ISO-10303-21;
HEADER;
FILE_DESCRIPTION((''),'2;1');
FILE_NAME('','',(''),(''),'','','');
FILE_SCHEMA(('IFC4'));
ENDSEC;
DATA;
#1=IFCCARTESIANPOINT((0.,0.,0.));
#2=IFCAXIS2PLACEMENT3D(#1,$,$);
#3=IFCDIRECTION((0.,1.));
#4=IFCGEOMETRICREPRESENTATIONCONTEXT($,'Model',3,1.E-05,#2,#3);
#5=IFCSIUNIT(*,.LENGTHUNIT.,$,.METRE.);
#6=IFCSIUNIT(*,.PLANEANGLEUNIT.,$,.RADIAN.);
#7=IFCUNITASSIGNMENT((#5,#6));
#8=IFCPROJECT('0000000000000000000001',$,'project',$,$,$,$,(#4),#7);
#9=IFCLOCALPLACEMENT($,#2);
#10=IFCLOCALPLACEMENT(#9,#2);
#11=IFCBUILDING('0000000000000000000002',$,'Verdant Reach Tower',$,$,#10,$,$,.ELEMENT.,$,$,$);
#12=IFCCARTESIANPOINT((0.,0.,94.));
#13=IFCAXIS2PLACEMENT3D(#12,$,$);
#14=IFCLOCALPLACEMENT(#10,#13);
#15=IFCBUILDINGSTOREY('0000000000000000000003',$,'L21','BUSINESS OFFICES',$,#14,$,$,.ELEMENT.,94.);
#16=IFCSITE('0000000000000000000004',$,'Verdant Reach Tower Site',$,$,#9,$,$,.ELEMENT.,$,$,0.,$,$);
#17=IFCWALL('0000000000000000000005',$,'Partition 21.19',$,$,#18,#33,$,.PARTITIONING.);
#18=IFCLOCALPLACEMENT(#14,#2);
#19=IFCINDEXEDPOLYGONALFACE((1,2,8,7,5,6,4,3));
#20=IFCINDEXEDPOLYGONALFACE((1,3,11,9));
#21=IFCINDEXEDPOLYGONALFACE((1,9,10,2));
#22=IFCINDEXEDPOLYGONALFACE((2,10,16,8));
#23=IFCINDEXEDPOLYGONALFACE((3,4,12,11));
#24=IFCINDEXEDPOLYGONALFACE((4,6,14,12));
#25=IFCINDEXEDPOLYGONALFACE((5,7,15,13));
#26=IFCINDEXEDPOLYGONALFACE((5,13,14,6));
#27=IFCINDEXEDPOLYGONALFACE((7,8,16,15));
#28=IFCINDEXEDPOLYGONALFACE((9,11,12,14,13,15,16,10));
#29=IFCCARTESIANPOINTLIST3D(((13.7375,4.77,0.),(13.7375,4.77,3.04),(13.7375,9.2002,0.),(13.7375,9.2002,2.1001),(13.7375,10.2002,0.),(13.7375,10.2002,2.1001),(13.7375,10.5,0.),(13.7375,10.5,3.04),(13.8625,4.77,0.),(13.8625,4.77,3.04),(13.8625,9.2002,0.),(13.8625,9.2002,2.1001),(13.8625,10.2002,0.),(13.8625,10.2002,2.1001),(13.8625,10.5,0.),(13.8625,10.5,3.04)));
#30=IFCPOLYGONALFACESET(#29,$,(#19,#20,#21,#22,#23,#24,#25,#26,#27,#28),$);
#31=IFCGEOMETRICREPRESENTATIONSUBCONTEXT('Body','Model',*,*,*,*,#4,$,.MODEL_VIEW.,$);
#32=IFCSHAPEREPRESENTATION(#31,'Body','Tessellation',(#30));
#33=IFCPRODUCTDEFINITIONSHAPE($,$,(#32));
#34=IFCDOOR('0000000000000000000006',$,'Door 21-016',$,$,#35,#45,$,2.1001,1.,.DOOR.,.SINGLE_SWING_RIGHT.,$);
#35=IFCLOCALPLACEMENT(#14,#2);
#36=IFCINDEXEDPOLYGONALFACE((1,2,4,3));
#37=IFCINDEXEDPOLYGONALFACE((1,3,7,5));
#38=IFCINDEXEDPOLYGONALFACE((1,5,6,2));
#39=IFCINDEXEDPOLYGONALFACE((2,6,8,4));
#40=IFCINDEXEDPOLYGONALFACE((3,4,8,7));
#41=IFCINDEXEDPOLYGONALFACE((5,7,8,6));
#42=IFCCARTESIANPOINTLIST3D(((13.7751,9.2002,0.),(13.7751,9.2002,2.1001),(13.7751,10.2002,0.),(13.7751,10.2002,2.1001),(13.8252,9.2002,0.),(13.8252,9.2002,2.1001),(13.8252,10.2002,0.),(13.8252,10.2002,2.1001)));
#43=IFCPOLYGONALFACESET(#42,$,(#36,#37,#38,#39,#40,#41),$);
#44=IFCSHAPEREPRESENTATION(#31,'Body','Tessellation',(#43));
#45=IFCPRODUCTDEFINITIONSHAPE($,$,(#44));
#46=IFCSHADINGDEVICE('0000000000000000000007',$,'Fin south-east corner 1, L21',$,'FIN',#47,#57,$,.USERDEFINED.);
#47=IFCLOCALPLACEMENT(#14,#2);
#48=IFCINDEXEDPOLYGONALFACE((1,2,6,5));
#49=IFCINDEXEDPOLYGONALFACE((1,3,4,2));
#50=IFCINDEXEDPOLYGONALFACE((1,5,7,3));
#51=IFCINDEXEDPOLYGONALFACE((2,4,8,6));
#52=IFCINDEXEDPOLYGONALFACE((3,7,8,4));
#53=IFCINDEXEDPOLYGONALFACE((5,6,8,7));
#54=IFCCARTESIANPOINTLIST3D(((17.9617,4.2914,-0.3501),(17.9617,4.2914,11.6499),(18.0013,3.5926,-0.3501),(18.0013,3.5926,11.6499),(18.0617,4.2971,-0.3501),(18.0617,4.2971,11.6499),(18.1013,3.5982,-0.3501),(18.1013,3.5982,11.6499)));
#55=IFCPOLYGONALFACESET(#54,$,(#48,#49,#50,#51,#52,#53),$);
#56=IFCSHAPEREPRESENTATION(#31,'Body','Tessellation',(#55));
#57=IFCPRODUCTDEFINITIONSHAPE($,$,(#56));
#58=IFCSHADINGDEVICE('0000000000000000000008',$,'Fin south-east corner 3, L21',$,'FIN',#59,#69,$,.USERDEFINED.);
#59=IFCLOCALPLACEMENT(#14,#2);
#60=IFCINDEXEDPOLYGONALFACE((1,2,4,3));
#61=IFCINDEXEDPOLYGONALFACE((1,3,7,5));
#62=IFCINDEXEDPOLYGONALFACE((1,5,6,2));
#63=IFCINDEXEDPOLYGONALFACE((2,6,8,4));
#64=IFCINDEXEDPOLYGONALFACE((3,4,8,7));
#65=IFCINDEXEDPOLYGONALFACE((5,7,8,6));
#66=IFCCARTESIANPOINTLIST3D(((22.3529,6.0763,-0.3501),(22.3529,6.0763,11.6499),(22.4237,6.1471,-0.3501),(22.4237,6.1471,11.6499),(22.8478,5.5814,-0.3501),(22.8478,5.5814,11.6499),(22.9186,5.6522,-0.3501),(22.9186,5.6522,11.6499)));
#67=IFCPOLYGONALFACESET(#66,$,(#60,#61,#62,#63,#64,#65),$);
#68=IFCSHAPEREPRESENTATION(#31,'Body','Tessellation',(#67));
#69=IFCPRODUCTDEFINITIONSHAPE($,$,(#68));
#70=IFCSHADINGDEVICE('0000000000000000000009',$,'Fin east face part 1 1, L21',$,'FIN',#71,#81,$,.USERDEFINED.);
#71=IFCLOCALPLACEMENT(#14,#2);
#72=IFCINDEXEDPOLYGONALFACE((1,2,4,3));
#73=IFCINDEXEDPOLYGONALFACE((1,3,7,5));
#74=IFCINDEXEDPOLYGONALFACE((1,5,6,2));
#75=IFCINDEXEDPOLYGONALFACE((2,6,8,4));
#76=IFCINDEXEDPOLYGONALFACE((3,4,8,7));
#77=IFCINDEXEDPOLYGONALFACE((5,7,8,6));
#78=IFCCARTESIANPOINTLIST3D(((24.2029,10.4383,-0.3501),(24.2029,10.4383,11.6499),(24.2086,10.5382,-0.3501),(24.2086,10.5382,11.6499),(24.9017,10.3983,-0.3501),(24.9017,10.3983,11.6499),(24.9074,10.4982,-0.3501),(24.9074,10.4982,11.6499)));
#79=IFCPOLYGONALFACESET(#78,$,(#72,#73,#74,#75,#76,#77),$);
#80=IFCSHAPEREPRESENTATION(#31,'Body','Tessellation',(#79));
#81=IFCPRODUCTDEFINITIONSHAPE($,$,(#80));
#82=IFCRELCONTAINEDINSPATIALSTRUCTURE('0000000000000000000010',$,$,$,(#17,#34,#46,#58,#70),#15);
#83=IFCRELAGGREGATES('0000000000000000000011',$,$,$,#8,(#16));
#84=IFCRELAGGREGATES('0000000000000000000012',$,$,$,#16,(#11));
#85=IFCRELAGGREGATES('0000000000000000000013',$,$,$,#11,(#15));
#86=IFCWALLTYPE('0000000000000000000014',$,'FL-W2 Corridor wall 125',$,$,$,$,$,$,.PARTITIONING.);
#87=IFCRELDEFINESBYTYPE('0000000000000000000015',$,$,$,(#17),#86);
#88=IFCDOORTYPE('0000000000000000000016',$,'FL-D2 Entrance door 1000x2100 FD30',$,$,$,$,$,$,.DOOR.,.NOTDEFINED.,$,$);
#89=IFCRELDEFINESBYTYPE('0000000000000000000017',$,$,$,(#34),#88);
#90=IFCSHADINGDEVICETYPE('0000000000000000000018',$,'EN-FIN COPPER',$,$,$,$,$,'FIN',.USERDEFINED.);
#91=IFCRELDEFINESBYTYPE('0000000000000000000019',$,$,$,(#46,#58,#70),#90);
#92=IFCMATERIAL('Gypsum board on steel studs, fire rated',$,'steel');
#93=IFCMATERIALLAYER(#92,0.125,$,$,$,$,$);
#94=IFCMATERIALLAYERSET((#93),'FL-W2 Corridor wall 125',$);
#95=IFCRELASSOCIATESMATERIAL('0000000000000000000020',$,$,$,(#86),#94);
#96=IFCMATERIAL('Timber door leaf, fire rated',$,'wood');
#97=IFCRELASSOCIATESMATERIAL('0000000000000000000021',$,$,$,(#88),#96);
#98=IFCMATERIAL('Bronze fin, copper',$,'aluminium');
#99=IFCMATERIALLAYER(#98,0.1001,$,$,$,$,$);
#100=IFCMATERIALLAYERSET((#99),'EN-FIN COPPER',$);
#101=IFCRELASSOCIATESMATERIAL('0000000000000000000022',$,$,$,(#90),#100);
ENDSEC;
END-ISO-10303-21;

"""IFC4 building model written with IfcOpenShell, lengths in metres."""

from ifc_helpers import new_model, si_unit, direction, frame, frame_2d, origin, origin_2d, place, context, subcontext, project, spatial, rectangle, extrude, material, layer, layer_set, type_object, element, fill, save


model = new_model("IFC4")

# Units and contexts
model_context = context("Model", 3, precision=1e-05, world=origin(), true_north=direction((0.0, 1.0)))
body_context = subcontext(model_context, "Body", "Model", "MODEL_VIEW")
ifc_project = project(units=[si_unit("LENGTHUNIT", "METRE"), si_unit("PLANEANGLEUNIT", "RADIAN")], contexts=[model_context])

# Site, building, storey
site_placement = place(None, origin())
site = spatial("IfcSite", under=ifc_project, at=site_placement, Name="Verdant Reach Tower Site", CompositionType="ELEMENT", RefElevation=0.0)
building_placement = place(site_placement, origin())
building = spatial("IfcBuilding", under=site, at=building_placement, Name="Verdant Reach Tower", CompositionType="ELEMENT")
storey_placement = place(building_placement, frame((0.0, 0.0, 94.0)))
storey = spatial("IfcBuildingStorey", under=building, at=storey_placement, Name="L21", Description="BUSINESS OFFICES", CompositionType="ELEMENT", Elevation=94.0)

# Wall, opening, door
ifc_material_1 = material(Name="Gypsum board on steel studs, fire rated", Category="steel")
ifc_layer_1 = layer(ifc_material_1, 0.125)
ifc_layer_set_1 = layer_set([ifc_layer_1], Name="FL-W2 Corridor wall 125")
wall_type = type_object("IfcWallType", Name="FL-W2 Corridor wall 125", PredefinedType="PARTITIONING", material=ifc_layer_set_1)
wall_placement = place(storey_placement, frame((13.8, 4.77, 0.0), z_axis=(0.0, 0.0, 1.0), x_axis=(0.0, 1.0, 0.0)))
wall = element("IfcWall", 1, at=wall_placement, inside=storey, type_object=wall_type, Name="Partition 21.19", PredefinedType="PARTITIONING", context=body_context, shape_type="SweptSolid", body=[
    extrude(rectangle(XDim=5.73, YDim=0.125, at=frame_2d((2.865, 0.0))), origin(), (0.0, 0.0, 1.0), 3.04),
])
opening_placement = place(wall_placement, frame((4.4302, 0.0, 0.0)))
opening = element("IfcOpeningElement", 2, at=opening_placement, cuts=wall, PredefinedType="OPENING", context=body_context, shape_type="SweptSolid", body=[
    extrude(rectangle(XDim=1.0, YDim=2.1001, at=frame_2d((0.5, 1.05))), frame((0.0, 0.0725, 0.0), z_axis=(0.0, -1.0, 0.0), x_axis=(1.0, 0.0, 0.0)), (0.0, 0.0, 1.0), 0.145),
])
ifc_material_2 = material(Name="Timber door leaf, fire rated", Category="wood")
door_type = type_object("IfcDoorType", Name="FL-D2 Entrance door 1000x2100 FD30", OperationType="NOTDEFINED", PredefinedType="DOOR", material=ifc_material_2)
door_placement = place(opening_placement, origin())
door = element("IfcDoor", 3, at=door_placement, inside=storey, type_object=door_type, Name="Door 21-016", OperationType="SINGLE_SWING_RIGHT", OverallHeight=2.1001, OverallWidth=1.0, PredefinedType="DOOR", context=body_context, shape_type="SweptSolid", body=[
    extrude(rectangle(XDim=1.0, YDim=2.1001, at=frame_2d((0.5, 1.05))), frame((0.0, 0.0249, 0.0), z_axis=(0.0, -1.0, 0.0), x_axis=(1.0, 0.0, 0.0)), (0.0, 0.0, 1.0), 0.05),
])
fill(opening, door)

# Shading devices
ifc_material_3 = material(Name="Bronze fin, copper", Category="aluminium")
ifc_layer_2 = layer(ifc_material_3, 0.1001)
ifc_layer_set_2 = layer_set([ifc_layer_2], Name="EN-FIN COPPER")
shading_device_type = type_object("IfcShadingDeviceType", Name="EN-FIN COPPER", ElementType="FIN", PredefinedType="USERDEFINED", material=ifc_layer_set_2)
for number, where, z_axis, x_axis, name in (
    (4, (18.0315, 3.9448, -0.3501), (0.0, 0.0, 1.0), (0.998399, 0.056569, 0.0), "Fin south-east corner 1, L21"),
    (5, (22.6357, 5.8643, -0.3501), (0.0, 0.0, 1.0), (0.707107, 0.707107, 0.0), "Fin south-east corner 3, L21"),
    (6, (24.5552, 10.4683, -0.3501), (0.0, 0.0, 1.0), (0.057135, 0.998366, 0.0), "Fin east face part 1 1, L21"),
):
    element("IfcShadingDevice", number, at=place(storey_placement, frame(where, z_axis=z_axis, x_axis=x_axis)), inside=storey, type_object=shading_device_type, Name=name, ObjectType="FIN", PredefinedType="USERDEFINED", context=body_context, shape_type="SweptSolid", body=[
        extrude(rectangle(XDim=0.1001, YDim=0.7, at=origin_2d()), origin(), (0.0, 0.0, 1.0), 12.0),
    ])

save(model, "model.ifc")
